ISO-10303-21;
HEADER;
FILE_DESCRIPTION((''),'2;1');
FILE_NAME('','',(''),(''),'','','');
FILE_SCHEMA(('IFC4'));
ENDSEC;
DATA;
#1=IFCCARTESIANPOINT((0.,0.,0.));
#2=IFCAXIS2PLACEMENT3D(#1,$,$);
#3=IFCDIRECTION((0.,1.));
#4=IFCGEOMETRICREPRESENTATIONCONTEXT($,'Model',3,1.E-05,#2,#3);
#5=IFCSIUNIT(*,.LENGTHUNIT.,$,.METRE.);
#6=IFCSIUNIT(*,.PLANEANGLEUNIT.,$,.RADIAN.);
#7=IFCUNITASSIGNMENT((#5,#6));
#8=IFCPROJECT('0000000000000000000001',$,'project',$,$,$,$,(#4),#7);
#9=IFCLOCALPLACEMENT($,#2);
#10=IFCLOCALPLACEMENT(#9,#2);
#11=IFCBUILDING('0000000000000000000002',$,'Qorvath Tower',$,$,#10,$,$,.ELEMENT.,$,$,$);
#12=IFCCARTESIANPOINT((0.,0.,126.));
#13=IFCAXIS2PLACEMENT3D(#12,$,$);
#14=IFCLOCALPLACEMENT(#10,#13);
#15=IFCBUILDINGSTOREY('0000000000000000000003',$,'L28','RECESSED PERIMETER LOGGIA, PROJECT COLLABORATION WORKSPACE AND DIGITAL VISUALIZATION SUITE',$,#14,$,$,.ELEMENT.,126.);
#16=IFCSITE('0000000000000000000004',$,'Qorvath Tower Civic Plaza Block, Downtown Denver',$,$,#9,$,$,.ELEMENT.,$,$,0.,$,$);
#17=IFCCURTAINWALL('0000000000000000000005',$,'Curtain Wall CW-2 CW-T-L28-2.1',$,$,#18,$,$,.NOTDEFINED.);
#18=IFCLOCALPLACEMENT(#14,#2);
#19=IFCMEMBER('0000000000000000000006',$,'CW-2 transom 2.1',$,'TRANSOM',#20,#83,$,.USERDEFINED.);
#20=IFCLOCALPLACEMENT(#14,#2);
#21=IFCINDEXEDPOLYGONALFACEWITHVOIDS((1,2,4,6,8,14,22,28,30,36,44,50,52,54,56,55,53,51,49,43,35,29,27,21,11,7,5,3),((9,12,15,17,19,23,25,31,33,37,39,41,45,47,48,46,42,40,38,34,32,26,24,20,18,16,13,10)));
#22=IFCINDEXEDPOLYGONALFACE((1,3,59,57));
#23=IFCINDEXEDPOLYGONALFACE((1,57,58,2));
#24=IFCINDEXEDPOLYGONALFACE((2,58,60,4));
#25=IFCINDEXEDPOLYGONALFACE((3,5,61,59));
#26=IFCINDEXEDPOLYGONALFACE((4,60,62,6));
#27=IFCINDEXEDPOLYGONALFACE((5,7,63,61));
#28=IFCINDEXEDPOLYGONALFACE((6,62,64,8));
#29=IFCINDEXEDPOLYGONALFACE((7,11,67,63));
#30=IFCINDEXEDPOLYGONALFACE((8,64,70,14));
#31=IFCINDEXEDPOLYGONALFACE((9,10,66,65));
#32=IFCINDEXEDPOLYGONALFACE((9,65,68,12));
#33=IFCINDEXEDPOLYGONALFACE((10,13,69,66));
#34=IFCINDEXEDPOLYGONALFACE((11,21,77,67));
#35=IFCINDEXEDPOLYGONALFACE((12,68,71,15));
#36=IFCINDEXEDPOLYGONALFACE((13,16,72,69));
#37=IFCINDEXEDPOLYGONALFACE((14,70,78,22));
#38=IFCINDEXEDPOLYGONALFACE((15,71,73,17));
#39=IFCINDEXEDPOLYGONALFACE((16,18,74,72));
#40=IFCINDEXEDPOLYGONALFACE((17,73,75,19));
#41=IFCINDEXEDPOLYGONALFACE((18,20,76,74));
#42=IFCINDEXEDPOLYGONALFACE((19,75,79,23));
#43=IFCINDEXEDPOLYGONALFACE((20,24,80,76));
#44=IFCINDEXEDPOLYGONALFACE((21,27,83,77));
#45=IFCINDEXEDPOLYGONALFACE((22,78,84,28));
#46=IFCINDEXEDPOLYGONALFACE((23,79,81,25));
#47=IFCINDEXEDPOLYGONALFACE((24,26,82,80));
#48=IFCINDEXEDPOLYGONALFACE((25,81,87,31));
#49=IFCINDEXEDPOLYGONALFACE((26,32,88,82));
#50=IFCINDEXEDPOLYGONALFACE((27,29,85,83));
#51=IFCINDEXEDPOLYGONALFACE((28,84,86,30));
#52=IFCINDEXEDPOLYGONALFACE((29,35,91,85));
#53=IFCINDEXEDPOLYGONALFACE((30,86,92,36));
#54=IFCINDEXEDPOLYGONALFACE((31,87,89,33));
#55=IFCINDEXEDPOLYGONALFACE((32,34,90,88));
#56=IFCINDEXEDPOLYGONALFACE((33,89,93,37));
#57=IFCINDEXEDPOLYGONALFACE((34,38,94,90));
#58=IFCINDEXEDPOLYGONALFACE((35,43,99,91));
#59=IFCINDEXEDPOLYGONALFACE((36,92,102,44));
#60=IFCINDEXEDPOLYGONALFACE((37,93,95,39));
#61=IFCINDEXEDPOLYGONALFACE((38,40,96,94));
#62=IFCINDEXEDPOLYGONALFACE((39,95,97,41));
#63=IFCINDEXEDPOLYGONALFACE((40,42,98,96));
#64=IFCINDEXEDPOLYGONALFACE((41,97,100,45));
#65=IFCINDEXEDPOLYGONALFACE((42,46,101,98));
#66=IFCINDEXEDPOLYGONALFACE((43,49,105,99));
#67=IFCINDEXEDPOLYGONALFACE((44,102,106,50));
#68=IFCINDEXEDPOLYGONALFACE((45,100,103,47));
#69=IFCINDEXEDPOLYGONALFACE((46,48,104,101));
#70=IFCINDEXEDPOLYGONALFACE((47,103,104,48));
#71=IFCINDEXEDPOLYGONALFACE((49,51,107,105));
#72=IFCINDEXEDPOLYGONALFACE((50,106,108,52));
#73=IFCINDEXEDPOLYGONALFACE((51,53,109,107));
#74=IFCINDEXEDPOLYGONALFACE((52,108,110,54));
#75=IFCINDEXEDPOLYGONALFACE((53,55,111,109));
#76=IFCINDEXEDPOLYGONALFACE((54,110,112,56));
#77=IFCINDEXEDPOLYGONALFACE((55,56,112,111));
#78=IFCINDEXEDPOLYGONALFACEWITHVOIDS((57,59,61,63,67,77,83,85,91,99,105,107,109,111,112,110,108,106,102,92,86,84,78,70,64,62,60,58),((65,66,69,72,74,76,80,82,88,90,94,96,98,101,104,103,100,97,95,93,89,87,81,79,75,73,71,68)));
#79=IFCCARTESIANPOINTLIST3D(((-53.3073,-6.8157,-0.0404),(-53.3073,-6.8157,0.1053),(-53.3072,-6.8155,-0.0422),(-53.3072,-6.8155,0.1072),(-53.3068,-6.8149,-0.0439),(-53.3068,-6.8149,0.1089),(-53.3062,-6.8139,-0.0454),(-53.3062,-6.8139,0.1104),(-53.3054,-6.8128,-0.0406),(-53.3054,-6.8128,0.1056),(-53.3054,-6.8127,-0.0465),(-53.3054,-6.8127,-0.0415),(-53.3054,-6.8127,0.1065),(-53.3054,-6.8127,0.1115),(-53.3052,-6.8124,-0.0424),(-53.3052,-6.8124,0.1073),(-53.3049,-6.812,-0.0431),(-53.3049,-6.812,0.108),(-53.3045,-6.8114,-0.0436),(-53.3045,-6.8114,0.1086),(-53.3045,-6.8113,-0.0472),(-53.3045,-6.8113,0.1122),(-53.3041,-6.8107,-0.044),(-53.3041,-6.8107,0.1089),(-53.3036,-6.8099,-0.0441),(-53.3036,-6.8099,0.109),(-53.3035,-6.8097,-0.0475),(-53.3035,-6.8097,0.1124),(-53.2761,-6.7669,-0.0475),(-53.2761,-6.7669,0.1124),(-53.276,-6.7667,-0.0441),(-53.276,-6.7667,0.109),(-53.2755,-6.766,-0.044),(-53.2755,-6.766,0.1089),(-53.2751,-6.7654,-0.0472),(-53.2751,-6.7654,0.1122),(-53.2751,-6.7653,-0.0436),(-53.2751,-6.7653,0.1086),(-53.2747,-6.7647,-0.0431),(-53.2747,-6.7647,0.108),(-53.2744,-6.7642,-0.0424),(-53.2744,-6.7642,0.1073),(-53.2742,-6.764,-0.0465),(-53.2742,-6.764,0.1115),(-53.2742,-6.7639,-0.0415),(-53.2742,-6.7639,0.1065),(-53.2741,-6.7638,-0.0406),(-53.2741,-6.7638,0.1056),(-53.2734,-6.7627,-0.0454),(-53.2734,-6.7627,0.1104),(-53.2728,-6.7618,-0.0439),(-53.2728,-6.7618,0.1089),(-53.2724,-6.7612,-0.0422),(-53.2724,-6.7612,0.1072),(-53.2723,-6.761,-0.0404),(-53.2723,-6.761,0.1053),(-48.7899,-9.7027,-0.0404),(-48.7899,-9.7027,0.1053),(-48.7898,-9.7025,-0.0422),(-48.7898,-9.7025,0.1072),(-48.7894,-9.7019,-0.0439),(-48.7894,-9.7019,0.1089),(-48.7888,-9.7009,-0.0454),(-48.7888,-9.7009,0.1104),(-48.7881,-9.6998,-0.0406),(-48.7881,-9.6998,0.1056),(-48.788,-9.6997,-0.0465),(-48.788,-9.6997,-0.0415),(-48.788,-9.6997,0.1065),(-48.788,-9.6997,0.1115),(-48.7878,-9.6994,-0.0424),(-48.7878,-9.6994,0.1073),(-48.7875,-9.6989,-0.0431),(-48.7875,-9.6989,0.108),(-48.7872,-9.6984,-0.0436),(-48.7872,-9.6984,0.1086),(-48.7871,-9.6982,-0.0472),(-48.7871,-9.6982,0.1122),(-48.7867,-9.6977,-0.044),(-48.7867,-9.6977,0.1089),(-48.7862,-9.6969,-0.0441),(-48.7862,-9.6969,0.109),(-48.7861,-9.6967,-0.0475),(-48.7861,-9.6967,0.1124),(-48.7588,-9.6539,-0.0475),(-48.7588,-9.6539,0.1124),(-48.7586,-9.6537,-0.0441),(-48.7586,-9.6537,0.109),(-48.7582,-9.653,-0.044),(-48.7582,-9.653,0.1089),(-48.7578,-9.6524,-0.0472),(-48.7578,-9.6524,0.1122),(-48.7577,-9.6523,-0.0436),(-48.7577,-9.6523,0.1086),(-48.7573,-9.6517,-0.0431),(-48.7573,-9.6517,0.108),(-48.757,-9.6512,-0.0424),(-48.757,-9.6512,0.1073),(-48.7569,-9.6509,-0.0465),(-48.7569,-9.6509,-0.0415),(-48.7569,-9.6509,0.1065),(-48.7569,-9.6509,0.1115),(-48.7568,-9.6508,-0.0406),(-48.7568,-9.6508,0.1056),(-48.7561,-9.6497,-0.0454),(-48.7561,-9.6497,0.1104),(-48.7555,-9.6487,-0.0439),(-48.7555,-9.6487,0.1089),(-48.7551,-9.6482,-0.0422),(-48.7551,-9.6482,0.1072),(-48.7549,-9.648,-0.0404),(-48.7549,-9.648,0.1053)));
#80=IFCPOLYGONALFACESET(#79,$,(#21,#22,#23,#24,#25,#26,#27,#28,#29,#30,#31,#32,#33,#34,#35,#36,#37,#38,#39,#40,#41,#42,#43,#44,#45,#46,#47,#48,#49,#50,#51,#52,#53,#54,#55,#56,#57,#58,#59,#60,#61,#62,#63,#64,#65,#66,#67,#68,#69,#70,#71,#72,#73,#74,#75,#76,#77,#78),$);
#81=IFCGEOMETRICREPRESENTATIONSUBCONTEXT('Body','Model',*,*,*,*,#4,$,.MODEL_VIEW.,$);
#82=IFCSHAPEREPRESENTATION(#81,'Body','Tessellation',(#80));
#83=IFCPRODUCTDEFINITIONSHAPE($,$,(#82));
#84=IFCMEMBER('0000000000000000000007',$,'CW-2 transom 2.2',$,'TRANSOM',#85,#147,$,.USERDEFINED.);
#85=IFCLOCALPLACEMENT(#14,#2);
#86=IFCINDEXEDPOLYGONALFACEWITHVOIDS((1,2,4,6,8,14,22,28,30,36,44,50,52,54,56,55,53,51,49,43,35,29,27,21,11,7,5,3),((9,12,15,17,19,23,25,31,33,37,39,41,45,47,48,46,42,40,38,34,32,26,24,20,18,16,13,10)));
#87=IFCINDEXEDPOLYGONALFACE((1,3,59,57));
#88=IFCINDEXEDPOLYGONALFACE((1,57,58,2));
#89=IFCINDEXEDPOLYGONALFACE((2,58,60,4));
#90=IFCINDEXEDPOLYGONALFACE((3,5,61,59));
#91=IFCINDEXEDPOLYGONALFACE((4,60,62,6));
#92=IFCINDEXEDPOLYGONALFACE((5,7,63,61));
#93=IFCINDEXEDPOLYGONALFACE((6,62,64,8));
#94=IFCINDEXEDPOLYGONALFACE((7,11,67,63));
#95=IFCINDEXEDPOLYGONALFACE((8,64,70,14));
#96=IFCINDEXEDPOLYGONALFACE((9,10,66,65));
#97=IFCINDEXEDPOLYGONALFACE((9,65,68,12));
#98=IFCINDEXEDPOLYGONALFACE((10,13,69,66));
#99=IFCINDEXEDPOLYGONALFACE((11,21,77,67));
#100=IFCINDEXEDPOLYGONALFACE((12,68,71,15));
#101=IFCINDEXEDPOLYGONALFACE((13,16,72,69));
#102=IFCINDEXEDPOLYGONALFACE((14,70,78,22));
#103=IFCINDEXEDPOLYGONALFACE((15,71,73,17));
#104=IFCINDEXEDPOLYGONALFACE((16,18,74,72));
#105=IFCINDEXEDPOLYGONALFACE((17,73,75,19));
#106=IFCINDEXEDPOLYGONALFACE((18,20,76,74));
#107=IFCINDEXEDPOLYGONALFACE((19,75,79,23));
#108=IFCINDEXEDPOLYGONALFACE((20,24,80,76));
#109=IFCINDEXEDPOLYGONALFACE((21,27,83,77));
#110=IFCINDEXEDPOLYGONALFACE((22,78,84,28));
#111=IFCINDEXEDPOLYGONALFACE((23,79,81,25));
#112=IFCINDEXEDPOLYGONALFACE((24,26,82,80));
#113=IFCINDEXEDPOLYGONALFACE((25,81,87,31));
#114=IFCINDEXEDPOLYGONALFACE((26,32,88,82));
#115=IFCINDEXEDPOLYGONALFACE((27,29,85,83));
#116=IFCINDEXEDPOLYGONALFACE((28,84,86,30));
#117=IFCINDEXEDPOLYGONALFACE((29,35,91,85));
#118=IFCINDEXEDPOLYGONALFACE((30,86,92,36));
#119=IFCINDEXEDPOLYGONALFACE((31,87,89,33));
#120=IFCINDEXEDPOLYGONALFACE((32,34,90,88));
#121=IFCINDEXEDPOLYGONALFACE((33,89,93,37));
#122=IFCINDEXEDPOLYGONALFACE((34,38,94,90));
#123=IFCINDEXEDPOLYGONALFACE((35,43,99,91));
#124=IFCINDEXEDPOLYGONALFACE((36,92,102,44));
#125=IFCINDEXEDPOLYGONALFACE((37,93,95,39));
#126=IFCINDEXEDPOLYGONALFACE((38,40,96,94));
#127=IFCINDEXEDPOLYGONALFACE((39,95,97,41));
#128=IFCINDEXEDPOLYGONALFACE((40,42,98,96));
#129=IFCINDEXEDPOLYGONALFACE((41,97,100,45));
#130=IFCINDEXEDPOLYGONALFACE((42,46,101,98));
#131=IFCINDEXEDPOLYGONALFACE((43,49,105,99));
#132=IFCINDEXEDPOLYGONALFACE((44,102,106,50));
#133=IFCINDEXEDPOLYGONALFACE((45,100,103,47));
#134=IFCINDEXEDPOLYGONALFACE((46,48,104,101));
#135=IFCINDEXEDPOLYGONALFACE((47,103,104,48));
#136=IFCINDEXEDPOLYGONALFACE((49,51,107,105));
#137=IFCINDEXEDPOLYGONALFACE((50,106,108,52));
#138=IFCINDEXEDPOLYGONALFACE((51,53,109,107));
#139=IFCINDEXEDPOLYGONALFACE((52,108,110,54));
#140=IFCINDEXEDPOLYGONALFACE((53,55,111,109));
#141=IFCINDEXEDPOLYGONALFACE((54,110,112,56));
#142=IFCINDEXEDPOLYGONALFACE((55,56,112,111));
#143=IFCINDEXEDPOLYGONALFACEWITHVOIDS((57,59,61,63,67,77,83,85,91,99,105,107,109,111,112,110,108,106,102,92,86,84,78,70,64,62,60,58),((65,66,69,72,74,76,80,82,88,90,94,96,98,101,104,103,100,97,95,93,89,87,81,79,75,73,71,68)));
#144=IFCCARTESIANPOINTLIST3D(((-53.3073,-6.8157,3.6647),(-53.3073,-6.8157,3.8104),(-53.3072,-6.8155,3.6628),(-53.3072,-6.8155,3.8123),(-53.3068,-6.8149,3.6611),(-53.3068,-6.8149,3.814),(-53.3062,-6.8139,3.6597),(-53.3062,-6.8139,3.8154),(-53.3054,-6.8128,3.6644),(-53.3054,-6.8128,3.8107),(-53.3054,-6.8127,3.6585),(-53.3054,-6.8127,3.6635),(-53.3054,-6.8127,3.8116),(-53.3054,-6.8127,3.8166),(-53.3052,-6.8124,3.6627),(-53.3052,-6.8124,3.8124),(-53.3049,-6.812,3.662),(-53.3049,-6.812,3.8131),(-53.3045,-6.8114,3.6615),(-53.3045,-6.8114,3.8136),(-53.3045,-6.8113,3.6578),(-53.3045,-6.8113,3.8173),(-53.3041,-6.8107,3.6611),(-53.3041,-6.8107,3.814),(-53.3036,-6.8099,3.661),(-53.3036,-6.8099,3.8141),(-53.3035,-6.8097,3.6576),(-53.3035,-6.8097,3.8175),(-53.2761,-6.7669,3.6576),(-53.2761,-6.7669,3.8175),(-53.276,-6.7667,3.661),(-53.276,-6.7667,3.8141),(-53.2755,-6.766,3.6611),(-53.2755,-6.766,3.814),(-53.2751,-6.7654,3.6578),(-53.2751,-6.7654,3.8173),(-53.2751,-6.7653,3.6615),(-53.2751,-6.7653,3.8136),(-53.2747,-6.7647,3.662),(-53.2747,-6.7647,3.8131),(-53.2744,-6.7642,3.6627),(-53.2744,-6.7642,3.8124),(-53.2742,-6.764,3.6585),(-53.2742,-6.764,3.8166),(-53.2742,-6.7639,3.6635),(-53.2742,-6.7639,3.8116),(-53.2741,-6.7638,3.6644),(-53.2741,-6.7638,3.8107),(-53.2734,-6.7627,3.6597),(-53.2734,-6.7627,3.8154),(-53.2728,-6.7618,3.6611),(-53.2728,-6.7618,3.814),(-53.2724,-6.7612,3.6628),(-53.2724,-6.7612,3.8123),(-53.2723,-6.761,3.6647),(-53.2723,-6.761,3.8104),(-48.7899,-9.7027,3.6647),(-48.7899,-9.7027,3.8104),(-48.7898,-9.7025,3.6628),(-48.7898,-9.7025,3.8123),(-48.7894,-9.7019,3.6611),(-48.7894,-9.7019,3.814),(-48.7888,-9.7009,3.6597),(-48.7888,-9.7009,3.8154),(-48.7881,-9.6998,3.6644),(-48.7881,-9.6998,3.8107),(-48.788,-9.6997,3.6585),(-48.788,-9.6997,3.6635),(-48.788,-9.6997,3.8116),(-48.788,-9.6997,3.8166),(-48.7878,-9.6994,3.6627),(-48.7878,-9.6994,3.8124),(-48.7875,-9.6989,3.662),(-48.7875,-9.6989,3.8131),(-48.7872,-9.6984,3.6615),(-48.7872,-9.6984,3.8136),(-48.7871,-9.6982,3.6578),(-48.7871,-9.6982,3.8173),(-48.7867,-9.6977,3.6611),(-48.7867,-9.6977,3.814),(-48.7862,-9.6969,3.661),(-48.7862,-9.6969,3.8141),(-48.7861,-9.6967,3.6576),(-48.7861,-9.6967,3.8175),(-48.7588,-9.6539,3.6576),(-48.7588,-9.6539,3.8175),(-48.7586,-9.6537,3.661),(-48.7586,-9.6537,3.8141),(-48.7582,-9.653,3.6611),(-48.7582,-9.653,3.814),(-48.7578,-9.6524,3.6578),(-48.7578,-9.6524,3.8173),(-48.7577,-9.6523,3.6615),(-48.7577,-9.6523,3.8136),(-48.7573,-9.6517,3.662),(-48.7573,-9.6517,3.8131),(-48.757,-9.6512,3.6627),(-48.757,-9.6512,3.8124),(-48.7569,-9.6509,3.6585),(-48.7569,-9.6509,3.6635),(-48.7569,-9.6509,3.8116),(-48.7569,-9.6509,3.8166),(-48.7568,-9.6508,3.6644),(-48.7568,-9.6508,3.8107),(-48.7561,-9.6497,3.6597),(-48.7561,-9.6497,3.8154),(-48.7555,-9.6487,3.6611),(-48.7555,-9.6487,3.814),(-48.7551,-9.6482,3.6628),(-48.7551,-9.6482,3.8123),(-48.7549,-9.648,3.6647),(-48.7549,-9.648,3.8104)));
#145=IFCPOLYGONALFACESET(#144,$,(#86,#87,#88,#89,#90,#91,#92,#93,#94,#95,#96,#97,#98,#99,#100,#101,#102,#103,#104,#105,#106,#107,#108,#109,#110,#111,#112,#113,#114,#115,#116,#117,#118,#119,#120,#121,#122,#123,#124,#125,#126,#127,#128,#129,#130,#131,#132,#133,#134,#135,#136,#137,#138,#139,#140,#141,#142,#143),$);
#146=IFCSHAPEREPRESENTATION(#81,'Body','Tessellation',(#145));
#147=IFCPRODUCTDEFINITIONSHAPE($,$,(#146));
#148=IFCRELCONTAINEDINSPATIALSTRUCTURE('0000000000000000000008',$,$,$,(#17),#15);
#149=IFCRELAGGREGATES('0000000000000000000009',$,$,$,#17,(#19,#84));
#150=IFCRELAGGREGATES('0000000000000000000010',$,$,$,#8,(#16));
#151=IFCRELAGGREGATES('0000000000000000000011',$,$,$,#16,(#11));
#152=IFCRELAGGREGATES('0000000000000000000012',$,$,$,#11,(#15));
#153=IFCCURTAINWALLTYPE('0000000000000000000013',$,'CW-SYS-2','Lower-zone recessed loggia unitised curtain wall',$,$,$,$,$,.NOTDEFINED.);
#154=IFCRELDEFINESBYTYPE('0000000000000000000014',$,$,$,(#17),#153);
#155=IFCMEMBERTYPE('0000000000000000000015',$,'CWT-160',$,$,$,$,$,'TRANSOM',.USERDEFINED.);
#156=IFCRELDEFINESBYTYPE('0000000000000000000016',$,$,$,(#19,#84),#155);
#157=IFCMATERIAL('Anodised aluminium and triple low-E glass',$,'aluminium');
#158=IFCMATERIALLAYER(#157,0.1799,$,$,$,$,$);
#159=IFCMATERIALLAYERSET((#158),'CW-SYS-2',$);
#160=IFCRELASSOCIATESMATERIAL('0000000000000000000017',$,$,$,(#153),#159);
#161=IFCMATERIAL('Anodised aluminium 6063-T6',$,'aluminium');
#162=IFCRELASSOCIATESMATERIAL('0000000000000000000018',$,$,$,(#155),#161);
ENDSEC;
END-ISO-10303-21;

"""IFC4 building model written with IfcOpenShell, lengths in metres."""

from ifc_helpers import new_model, si_unit, direction, frame, origin, origin_2d, place, context, subcontext, project, spatial, hollow_rectangle, extrude, material, layer, layer_set, material_profile, profile_set, type_object, element, aggregate, save


model = new_model("IFC4")

# Units and contexts
model_context = context("Model", 3, precision=1e-05, world=origin(), true_north=direction((0.0, 1.0)))
body_context = subcontext(model_context, "Body", "Model", "MODEL_VIEW")
ifc_project = project(units=[si_unit("LENGTHUNIT", "METRE"), si_unit("PLANEANGLEUNIT", "RADIAN")], contexts=[model_context])

# Site, building, storey
site_placement = place(None, origin())
site = spatial("IfcSite", under=ifc_project, at=site_placement, Name="Qorvath Tower Civic Plaza Block, Downtown Denver", CompositionType="ELEMENT", RefElevation=0.0)
building_placement = place(site_placement, origin())
building = spatial("IfcBuilding", under=site, at=building_placement, Name="Qorvath Tower", CompositionType="ELEMENT")
storey_placement = place(building_placement, frame((0.0, 0.0, 126.0)))
storey = spatial("IfcBuildingStorey", under=building, at=storey_placement, Name="L28", Description="RECESSED PERIMETER LOGGIA, PROJECT COLLABORATION WORKSPACE AND DIGITAL VISUALIZATION SUITE", CompositionType="ELEMENT", Elevation=126.0)

# Curtain wall, members
ifc_material_1 = material(Name="Anodised aluminium and triple low-E glass", Category="aluminium")
ifc_layer_1 = layer(ifc_material_1, 0.1799)
ifc_layer_set_1 = layer_set([ifc_layer_1], Name="CW-SYS-2")
curtain_wall_type = type_object("IfcCurtainWallType", Name="CW-SYS-2", Description="Lower-zone recessed loggia unitised curtain wall", PredefinedType="NOTDEFINED", material=ifc_layer_set_1)
curtain_wall_placement = place(storey_placement, origin())
curtain_wall = element("IfcCurtainWall", 1, at=curtain_wall_placement, inside=storey, type_object=curtain_wall_type, Name="Curtain Wall CW-2 CW-T-L28-2.1", PredefinedType="NOTDEFINED")
ifc_material_2 = material(Name="Anodised aluminium 6063-T6", Category="aluminium")
ifc_material_profile_1 = material_profile(ifc_material_2, hollow_rectangle(XDim=0.0649, YDim=0.1599, WallThickness=0.0034, InnerFilletRadius=0.0034, OuterFilletRadius=0.0071, at=origin_2d()), Name="CWT 160x65")
ifc_profile_set_1 = profile_set([ifc_material_profile_1], Name="Anodised aluminium 6063-T6")
member_type_1 = type_object("IfcMemberType", Name="CWT-160", ElementType="TRANSOM", PredefinedType="USERDEFINED", material=ifc_profile_set_1)
member_1_placement = place(storey_placement, frame((-53.2898, -6.7883, 0.0325), z_axis=(0.842621, -0.538507, 0.0), x_axis=(0.538507, 0.842621, 0.0)))
member_1 = element("IfcMember", 2, at=member_1_placement, type_object=member_type_1, Name="CW-2 transom 2.1", ObjectType="TRANSOM", PredefinedType="USERDEFINED", context=body_context, shape_type="SweptSolid", body=[
    extrude(hollow_rectangle(XDim=0.0649, YDim=0.1599, WallThickness=0.0034, InnerFilletRadius=0.0034, OuterFilletRadius=0.0071, at=origin_2d()), origin(), (0.0, 0.0, 1.0), 5.3611),
])
member_2_placement = place(storey_placement, frame((-53.2898, -6.7883, 3.7375), z_axis=(0.842621, -0.538507, 0.0), x_axis=(0.538507, 0.842621, 0.0)))
member_2 = element("IfcMember", 3, at=member_2_placement, type_object=member_type_1, Name="CW-2 transom 2.2", ObjectType="TRANSOM", PredefinedType="USERDEFINED", context=body_context, shape_type="SweptSolid", body=[
    extrude(hollow_rectangle(XDim=0.0649, YDim=0.1599, WallThickness=0.0034, InnerFilletRadius=0.0034, OuterFilletRadius=0.0071, at=origin_2d()), origin(), (0.0, 0.0, 1.0), 5.3611),
])

aggregate(curtain_wall, [member_1, member_2])

save(model, "model.ifc")
